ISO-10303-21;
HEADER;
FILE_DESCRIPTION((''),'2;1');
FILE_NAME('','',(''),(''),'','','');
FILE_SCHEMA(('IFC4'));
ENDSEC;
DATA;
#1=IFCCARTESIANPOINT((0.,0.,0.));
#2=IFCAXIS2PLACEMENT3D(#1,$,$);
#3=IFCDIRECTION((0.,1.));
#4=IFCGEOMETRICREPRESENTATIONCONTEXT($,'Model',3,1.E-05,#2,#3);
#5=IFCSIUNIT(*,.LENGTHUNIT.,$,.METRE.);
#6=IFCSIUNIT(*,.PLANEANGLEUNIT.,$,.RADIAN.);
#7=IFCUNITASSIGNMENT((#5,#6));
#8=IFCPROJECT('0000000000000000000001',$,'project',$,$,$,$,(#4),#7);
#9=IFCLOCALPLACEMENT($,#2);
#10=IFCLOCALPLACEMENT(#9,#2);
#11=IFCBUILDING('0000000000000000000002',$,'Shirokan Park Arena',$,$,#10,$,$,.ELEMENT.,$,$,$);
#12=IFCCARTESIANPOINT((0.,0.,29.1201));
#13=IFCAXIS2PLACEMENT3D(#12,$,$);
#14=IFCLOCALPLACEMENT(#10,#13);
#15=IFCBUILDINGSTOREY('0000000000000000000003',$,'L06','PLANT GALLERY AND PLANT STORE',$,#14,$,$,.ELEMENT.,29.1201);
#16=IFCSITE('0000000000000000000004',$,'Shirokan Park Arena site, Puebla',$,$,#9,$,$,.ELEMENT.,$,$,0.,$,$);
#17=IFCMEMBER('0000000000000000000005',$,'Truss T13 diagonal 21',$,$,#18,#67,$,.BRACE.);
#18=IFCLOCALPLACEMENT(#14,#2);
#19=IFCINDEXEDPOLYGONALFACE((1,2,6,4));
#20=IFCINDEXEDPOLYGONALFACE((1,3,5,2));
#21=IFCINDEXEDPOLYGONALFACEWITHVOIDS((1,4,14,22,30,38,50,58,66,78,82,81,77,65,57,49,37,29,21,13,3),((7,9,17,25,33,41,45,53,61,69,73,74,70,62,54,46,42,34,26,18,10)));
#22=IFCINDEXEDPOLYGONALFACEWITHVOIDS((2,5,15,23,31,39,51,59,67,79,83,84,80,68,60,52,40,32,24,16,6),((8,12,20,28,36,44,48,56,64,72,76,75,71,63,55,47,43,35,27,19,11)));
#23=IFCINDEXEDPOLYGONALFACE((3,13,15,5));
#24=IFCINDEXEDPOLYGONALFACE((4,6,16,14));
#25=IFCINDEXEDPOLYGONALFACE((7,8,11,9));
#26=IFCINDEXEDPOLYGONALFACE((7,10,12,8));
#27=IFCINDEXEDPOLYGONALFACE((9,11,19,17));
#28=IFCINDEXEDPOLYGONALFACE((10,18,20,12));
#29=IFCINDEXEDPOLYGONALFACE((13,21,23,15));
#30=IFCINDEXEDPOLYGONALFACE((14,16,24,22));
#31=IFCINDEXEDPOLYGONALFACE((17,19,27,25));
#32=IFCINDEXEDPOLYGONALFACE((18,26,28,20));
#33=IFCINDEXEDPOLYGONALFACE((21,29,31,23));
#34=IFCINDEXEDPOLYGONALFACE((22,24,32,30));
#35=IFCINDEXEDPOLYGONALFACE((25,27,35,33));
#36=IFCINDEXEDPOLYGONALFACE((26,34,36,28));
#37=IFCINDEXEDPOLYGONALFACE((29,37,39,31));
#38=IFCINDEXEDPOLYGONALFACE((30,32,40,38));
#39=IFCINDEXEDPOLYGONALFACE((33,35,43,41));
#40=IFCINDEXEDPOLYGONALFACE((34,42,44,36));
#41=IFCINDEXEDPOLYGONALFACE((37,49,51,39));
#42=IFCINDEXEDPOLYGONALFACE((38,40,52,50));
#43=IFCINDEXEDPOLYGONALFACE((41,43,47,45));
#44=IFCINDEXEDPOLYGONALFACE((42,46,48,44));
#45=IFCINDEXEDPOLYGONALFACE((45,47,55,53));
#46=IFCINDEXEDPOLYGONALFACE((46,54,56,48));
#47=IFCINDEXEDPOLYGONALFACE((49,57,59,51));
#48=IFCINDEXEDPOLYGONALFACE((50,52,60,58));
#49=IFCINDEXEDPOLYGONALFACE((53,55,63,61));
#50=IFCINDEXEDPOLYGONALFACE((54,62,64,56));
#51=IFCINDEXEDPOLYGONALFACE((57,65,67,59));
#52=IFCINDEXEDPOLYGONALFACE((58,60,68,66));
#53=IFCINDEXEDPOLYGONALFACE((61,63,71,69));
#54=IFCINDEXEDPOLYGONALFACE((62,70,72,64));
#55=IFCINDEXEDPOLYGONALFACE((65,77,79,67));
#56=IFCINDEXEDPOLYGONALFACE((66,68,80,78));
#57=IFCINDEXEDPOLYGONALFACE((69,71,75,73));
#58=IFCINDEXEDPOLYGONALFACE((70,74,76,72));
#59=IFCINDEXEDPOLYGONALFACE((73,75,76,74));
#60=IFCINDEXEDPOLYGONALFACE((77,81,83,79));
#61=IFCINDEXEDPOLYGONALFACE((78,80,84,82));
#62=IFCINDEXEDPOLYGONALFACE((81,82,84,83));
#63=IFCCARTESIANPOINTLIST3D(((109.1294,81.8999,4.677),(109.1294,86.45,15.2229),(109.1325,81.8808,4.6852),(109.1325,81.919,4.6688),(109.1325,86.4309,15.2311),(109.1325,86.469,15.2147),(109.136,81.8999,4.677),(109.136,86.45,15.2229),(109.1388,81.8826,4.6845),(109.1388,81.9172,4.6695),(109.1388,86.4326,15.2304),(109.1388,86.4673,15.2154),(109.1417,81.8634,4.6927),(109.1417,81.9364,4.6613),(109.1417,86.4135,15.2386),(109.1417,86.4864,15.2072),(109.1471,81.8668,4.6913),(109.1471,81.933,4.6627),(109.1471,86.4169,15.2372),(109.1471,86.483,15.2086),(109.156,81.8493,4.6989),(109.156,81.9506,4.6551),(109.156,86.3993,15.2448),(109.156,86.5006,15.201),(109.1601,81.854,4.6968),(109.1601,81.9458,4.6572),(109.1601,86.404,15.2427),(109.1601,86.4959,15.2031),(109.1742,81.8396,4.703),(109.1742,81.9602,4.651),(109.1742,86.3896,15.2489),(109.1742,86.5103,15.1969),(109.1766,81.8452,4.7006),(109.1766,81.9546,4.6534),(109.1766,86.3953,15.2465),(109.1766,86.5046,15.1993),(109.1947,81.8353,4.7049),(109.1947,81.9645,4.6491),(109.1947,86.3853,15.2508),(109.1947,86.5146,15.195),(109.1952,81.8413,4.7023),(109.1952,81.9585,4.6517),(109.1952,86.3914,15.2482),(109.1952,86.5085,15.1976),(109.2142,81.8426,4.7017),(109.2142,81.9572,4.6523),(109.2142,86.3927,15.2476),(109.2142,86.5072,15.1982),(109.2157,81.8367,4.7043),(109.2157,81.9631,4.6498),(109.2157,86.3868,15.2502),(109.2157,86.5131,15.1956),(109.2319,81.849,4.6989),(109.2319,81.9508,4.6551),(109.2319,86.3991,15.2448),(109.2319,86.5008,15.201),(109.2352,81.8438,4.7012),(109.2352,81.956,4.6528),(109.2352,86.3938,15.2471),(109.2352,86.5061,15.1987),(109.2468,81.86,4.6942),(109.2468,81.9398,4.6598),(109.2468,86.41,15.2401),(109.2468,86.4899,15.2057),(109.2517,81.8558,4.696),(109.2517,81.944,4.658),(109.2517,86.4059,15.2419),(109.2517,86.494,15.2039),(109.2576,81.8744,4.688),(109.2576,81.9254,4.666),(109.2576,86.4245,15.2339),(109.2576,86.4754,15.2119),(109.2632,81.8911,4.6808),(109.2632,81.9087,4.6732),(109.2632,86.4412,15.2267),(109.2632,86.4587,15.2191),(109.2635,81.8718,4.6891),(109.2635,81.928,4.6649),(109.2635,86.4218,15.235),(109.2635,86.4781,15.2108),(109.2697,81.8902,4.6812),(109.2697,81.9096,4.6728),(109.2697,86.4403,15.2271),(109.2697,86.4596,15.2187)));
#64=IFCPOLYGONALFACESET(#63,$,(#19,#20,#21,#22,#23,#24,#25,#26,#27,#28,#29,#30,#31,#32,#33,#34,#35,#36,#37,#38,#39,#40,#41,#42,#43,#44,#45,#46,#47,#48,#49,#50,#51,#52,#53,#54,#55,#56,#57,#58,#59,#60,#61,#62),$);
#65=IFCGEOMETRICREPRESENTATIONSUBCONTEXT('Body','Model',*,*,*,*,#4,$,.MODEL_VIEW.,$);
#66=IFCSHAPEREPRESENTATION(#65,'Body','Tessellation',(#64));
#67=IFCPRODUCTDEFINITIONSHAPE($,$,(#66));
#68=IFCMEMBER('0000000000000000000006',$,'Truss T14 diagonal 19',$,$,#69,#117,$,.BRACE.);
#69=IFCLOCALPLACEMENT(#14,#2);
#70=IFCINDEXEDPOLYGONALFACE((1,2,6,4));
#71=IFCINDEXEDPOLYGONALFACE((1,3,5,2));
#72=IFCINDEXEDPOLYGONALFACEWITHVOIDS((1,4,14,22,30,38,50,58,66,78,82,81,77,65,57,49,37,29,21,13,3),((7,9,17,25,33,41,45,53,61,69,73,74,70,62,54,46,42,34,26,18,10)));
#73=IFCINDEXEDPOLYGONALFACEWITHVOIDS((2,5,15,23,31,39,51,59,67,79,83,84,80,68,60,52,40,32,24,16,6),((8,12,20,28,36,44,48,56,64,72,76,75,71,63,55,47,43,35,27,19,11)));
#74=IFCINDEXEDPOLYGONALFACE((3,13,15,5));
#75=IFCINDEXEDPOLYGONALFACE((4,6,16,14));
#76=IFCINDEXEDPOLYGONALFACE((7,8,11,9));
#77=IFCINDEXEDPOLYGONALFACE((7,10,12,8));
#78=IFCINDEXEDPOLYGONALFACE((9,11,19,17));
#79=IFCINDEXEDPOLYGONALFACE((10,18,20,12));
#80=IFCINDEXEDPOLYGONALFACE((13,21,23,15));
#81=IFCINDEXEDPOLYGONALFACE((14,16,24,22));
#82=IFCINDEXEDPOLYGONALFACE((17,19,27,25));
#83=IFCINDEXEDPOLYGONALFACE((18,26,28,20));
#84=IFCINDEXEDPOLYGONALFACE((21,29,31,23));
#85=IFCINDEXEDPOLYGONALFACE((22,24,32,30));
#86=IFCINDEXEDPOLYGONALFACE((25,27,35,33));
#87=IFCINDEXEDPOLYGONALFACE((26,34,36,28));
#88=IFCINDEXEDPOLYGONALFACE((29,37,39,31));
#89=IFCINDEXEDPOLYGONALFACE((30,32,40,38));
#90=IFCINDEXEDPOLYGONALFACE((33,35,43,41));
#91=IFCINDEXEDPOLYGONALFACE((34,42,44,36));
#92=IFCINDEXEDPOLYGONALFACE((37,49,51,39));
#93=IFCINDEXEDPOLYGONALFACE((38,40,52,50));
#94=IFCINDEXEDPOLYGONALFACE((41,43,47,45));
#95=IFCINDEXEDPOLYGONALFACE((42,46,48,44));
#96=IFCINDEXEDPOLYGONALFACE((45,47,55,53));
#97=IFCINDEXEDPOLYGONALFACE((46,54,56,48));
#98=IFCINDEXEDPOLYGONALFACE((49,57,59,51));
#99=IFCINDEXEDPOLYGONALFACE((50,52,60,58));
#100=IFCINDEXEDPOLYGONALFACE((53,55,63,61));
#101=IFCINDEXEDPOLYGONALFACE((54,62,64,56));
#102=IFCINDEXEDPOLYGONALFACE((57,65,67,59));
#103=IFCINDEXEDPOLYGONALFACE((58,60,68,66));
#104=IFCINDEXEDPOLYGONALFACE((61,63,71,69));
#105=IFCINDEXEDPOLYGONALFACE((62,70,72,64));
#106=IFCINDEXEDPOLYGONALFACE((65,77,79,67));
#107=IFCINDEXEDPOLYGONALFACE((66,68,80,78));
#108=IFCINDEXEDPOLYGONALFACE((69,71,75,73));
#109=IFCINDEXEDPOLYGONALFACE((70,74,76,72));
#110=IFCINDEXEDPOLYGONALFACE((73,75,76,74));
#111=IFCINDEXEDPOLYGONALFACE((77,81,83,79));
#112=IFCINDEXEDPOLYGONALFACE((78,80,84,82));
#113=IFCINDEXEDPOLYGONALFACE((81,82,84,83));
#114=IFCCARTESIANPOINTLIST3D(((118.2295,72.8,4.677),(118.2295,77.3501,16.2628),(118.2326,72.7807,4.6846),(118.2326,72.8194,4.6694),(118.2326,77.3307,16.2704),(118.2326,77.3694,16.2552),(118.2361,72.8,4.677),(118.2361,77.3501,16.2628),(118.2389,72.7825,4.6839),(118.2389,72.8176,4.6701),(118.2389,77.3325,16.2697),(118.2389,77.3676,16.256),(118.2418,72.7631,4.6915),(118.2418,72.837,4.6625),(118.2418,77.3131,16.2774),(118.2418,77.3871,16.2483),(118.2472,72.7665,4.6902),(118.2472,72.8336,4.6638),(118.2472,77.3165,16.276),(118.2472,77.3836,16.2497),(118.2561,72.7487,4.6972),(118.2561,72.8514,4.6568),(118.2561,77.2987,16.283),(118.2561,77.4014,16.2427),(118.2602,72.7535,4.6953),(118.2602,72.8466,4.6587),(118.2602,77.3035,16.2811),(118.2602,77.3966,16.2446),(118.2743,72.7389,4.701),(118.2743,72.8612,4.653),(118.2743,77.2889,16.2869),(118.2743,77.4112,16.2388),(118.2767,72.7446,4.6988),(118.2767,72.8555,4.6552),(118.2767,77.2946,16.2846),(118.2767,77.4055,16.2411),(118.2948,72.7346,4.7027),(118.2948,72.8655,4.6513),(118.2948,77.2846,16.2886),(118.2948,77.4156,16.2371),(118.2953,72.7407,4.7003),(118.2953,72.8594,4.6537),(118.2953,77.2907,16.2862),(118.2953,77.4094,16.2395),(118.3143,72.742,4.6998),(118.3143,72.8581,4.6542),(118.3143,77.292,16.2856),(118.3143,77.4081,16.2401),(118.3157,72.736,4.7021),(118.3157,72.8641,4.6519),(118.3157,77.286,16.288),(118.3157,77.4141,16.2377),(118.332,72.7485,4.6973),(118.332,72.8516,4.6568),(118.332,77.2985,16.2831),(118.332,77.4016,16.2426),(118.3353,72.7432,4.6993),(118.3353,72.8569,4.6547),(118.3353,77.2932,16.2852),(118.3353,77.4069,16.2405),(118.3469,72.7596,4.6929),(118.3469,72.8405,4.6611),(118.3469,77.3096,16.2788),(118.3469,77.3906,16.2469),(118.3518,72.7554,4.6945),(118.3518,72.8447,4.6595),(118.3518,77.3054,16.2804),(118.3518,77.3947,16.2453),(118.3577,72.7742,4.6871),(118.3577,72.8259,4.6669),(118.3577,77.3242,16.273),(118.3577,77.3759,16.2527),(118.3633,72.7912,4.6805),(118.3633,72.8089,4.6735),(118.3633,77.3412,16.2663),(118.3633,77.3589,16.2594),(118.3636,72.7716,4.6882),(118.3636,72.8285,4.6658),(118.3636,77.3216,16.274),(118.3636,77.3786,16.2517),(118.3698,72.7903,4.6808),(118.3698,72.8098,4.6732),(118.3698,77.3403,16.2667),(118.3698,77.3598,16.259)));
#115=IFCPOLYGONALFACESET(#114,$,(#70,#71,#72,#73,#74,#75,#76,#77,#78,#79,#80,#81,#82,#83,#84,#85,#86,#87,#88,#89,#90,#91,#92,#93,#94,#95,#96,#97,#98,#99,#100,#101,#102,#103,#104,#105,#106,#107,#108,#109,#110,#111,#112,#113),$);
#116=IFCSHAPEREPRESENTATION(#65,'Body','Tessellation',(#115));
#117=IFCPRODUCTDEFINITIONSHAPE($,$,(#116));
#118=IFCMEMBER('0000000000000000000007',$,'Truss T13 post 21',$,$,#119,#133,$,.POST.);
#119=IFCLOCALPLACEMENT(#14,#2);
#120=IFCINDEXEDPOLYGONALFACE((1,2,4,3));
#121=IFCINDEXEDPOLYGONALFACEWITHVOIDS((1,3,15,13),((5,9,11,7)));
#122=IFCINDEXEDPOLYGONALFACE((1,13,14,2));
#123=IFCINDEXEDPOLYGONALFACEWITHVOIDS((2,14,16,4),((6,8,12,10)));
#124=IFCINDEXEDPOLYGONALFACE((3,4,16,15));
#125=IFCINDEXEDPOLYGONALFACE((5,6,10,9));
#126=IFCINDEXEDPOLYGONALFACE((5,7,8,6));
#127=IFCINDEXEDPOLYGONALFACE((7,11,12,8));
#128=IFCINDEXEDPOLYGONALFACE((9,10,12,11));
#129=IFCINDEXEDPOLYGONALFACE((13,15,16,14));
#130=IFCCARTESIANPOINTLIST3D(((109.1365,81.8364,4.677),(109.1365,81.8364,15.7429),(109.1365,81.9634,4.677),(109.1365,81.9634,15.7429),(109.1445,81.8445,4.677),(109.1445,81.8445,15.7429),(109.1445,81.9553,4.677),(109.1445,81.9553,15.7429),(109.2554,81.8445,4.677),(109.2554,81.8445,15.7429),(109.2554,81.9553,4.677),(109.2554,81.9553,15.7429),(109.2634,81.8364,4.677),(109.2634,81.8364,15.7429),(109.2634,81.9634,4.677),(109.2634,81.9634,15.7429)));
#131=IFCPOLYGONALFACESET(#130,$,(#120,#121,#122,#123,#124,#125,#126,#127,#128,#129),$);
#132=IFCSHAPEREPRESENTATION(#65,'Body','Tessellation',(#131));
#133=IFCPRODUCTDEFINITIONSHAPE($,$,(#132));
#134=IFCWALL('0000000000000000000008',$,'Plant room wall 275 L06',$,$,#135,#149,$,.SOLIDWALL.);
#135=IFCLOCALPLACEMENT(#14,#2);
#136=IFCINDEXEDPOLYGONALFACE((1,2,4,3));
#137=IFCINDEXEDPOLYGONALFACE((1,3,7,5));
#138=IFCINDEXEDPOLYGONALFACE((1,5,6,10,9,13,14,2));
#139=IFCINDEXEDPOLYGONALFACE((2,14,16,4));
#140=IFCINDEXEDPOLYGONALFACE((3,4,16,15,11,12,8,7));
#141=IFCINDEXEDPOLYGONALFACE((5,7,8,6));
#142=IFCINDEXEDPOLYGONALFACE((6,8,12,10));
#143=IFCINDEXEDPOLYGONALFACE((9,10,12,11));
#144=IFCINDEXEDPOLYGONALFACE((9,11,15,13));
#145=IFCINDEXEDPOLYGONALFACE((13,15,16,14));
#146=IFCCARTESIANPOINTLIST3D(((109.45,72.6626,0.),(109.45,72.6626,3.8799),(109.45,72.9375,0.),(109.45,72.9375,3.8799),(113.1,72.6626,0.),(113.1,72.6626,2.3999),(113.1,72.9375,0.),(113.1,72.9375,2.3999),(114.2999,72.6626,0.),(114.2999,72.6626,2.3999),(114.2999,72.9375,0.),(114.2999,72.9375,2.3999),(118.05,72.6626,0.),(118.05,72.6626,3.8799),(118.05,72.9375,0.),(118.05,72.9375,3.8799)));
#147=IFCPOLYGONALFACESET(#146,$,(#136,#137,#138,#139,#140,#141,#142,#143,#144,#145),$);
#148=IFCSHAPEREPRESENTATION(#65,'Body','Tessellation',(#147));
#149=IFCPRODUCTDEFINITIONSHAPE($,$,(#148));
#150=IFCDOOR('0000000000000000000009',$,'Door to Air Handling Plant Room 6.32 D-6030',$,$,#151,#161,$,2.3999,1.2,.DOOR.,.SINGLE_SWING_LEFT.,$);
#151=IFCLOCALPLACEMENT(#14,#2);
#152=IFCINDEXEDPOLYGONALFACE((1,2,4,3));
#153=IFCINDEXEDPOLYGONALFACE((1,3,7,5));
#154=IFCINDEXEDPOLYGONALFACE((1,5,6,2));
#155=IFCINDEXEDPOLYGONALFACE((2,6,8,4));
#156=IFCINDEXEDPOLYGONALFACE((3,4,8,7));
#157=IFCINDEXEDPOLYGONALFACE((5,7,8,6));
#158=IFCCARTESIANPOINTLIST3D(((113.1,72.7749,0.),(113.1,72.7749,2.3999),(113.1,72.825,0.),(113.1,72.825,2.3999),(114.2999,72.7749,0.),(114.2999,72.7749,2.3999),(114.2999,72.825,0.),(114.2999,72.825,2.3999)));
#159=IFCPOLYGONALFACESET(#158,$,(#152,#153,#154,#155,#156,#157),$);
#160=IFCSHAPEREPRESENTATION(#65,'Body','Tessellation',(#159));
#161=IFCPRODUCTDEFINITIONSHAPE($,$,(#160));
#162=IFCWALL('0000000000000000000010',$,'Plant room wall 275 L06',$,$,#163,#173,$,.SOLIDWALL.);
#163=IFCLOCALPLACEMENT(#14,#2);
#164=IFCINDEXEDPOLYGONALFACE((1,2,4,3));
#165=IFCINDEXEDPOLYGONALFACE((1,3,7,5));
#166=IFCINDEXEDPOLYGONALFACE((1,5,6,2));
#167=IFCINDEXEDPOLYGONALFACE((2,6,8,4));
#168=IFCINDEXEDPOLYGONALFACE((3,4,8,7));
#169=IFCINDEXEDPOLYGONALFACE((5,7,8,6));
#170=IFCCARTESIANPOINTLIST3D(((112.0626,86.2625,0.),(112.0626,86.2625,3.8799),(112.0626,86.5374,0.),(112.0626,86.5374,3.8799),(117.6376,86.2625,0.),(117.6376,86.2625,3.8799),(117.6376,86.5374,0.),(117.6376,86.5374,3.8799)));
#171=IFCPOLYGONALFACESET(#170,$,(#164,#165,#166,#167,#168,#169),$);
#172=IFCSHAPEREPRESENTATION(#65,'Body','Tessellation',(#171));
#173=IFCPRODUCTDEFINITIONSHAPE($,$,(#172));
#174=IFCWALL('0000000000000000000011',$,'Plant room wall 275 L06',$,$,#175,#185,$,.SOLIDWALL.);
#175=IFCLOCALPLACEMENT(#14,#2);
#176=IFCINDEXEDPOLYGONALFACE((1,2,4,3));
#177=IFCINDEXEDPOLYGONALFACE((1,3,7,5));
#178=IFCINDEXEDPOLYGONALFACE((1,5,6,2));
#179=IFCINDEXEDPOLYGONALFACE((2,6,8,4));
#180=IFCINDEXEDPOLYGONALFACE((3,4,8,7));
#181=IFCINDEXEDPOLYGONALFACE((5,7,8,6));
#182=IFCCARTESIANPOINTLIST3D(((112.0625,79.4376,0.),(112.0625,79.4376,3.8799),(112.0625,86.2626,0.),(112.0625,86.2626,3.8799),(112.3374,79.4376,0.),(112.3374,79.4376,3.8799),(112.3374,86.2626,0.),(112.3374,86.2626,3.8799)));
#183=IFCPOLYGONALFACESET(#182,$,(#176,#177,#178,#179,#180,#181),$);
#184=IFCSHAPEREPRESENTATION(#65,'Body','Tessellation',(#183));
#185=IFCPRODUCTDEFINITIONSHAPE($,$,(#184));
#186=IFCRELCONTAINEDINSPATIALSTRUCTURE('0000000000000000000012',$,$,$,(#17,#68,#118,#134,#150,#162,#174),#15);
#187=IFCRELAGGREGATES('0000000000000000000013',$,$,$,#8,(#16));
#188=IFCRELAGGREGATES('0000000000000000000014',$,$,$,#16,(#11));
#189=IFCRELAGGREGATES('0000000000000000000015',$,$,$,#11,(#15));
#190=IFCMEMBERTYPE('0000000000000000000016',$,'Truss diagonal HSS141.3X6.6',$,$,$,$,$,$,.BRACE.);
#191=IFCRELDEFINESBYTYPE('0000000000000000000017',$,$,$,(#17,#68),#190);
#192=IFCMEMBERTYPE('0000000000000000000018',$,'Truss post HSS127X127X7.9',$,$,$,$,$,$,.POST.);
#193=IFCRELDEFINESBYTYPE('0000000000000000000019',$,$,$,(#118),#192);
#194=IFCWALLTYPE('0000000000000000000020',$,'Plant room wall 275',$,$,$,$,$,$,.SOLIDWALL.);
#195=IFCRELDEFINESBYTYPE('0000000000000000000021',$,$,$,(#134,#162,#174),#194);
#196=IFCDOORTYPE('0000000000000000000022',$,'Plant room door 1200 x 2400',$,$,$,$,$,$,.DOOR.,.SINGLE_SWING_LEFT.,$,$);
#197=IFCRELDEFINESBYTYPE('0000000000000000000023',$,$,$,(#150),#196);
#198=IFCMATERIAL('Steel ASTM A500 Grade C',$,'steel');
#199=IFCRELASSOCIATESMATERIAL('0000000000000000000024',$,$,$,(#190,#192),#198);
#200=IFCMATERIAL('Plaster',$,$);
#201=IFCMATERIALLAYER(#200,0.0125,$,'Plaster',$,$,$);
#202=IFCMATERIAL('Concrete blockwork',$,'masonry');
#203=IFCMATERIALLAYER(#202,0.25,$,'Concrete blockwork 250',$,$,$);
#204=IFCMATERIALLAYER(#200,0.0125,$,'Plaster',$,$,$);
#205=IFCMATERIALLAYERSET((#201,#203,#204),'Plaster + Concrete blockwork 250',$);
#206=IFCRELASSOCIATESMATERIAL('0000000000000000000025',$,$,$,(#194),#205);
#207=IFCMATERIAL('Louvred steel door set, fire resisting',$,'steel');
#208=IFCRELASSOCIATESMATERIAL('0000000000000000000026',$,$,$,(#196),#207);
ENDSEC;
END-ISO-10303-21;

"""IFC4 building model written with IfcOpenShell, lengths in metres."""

from ifc_helpers import new_model, si_unit, direction, frame, frame_2d, origin, origin_2d, place, context, subcontext, project, spatial, rectangle, hollow_rectangle, hollow_circle, extrude, material, layer, layer_set, material_profile, profile_set, type_object, element, fill, save


model = new_model("IFC4")

# Units and contexts
model_context = context("Model", 3, precision=1e-05, world=origin(), true_north=direction((0.0, 1.0)))
body_context = subcontext(model_context, "Body", "Model", "MODEL_VIEW")
ifc_project = project(units=[si_unit("LENGTHUNIT", "METRE"), si_unit("PLANEANGLEUNIT", "RADIAN")], contexts=[model_context])

# Site, building, storey
site_placement = place(None, origin())
site = spatial("IfcSite", under=ifc_project, at=site_placement, Name="Shirokan Park Arena site, Puebla", CompositionType="ELEMENT", RefElevation=0.0)
building_placement = place(site_placement, origin())
building = spatial("IfcBuilding", under=site, at=building_placement, Name="Shirokan Park Arena", CompositionType="ELEMENT")
storey_placement = place(building_placement, frame((0.0, 0.0, 29.1201)))
storey = spatial("IfcBuildingStorey", under=building, at=storey_placement, Name="L06", Description="PLANT GALLERY AND PLANT STORE", CompositionType="ELEMENT", Elevation=29.1201)

# Shared definitions
ifc_material_1 = material(Name="Steel ASTM A500 Grade C", Category="steel")

# Members
ifc_material_profile_1 = material_profile(ifc_material_1, hollow_circle(Radius=0.0706, WallThickness=0.0066, at=origin_2d()), Name="HSS141.3X6.6")
ifc_profile_set_1 = profile_set([ifc_material_profile_1], Name="Steel ASTM A500 Grade C")
member_type_1 = type_object("IfcMemberType", Name="Truss diagonal HSS141.3X6.6", PredefinedType="BRACE", material=ifc_profile_set_1)
member_1_placement = place(storey_placement, frame((109.2, 81.8999, 4.677), z_axis=(0.0, 0.396153, 0.918185), x_axis=(-1.0, 0.0, 0.0)))
element("IfcMember", 1, at=member_1_placement, inside=storey, type_object=member_type_1, Name="Truss T13 diagonal 21", PredefinedType="BRACE", context=body_context, shape_type="SweptSolid", body=[
    extrude(hollow_circle(Radius=0.0706, WallThickness=0.0066, at=origin_2d()), origin(), (0.0, 0.0, 1.0), 11.4856),
])
member_2_placement = place(storey_placement, frame((118.3, 72.8, 4.677), z_axis=(0.0, 0.365543, 0.930794), x_axis=(-1.0, 0.0, 0.0)))
element("IfcMember", 2, at=member_2_placement, inside=storey, type_object=member_type_1, Name="Truss T14 diagonal 19", PredefinedType="BRACE", context=body_context, shape_type="SweptSolid", body=[
    extrude(hollow_circle(Radius=0.0706, WallThickness=0.0066, at=origin_2d()), origin(), (0.0, 0.0, 1.0), 12.4473),
])
ifc_material_profile_2 = material_profile(ifc_material_1, hollow_rectangle(XDim=0.127, YDim=0.127, WallThickness=0.0081, at=origin_2d()), Name="HSS127X127X7.9")
ifc_profile_set_2 = profile_set([ifc_material_profile_2], Name="Steel ASTM A500 Grade C")
member_type_2 = type_object("IfcMemberType", Name="Truss post HSS127X127X7.9", PredefinedType="POST", material=ifc_profile_set_2)
member_3_placement = place(storey_placement, frame((109.2, 81.8999, 4.677), z_axis=(0.0, 0.0, 1.0), x_axis=(1.0, 0.0, 0.0)))
element("IfcMember", 3, at=member_3_placement, inside=storey, type_object=member_type_2, Name="Truss T13 post 21", PredefinedType="POST", context=body_context, shape_type="SweptSolid", body=[
    extrude(hollow_rectangle(XDim=0.127, YDim=0.127, WallThickness=0.0081, at=origin_2d()), origin(), (0.0, 0.0, 1.0), 11.0659),
])

# Wall, opening, door
ifc_material_2 = material(Name="Plaster")
ifc_layer_1 = layer(ifc_material_2, 0.0125, Name="Plaster")
ifc_material_3 = material(Name="Concrete blockwork", Category="masonry")
ifc_layer_2 = layer(ifc_material_3, 0.25, Name="Concrete blockwork 250")
ifc_layer_3 = layer(ifc_material_2, 0.0125, Name="Plaster")
ifc_layer_set = layer_set([ifc_layer_1, ifc_layer_2, ifc_layer_3], Name="Plaster + Concrete blockwork 250")
wall_type = type_object("IfcWallType", Name="Plant room wall 275", PredefinedType="SOLIDWALL", material=ifc_layer_set)
wall_1_placement = place(storey_placement, frame((109.45, 72.8, 0.0), z_axis=(0.0, 0.0, 1.0), x_axis=(1.0, 0.0, 0.0)))
wall_1 = element("IfcWall", 4, at=wall_1_placement, inside=storey, type_object=wall_type, Name="Plant room wall 275 L06", PredefinedType="SOLIDWALL", context=body_context, shape_type="SweptSolid", body=[
    extrude(rectangle(XDim=8.6001, YDim=0.2749, at=frame_2d((4.3, 0.0))), origin(), (0.0, 0.0, 1.0), 3.8799),
])
opening_placement = place(wall_1_placement, frame((3.6499, 0.0, 0.0)))
opening = element("IfcOpeningElement", 5, at=opening_placement, cuts=wall_1, PredefinedType="OPENING", context=body_context, shape_type="SweptSolid", body=[
    extrude(rectangle(XDim=1.2, YDim=2.3999, at=frame_2d((0.6001, 1.2))), frame((0.0, 0.1475, 0.0), z_axis=(0.0, -1.0, 0.0), x_axis=(1.0, 0.0, 0.0)), (0.0, 0.0, 1.0), 0.2949),
])
ifc_material_4 = material(Name="Louvred steel door set, fire resisting", Category="steel")
door_type = type_object("IfcDoorType", Name="Plant room door 1200 x 2400", OperationType="SINGLE_SWING_LEFT", PredefinedType="DOOR", material=ifc_material_4)
door_placement = place(opening_placement, origin())
door = element("IfcDoor", 6, at=door_placement, inside=storey, type_object=door_type, Name="Door to Air Handling Plant Room 6.32 D-6030", OperationType="SINGLE_SWING_LEFT", OverallHeight=2.3999, OverallWidth=1.2, PredefinedType="DOOR", context=body_context, shape_type="SweptSolid", body=[
    extrude(rectangle(XDim=1.2, YDim=2.3999, at=frame_2d((0.6001, 1.2))), frame((0.0, 0.0249, 0.0), z_axis=(0.0, -1.0, 0.0), x_axis=(1.0, 0.0, 0.0)), (0.0, 0.0, 1.0), 0.05),
])
fill(opening, door)

# Walls
wall_2_placement = place(storey_placement, frame((112.0625, 86.3999, 0.0), z_axis=(0.0, 0.0, 1.0), x_axis=(1.0, 0.0, 0.0)))
element("IfcWall", 7, at=wall_2_placement, inside=storey, type_object=wall_type, Name="Plant room wall 275 L06", PredefinedType="SOLIDWALL", context=body_context, shape_type="SweptSolid", body=[
    extrude(rectangle(XDim=5.575, YDim=0.2749, at=frame_2d((2.7876, 0.0))), origin(), (0.0, 0.0, 1.0), 3.8799),
])
wall_3_placement = place(storey_placement, frame((112.2, 79.4375, 0.0), z_axis=(0.0, 0.0, 1.0), x_axis=(0.0, 1.0, 0.0)))
element("IfcWall", 8, at=wall_3_placement, inside=storey, type_object=wall_type, Name="Plant room wall 275 L06", PredefinedType="SOLIDWALL", context=body_context, shape_type="SweptSolid", body=[
    extrude(rectangle(XDim=6.825, YDim=0.2749, at=frame_2d((3.4126, 0.0))), origin(), (0.0, 0.0, 1.0), 3.8799),
])

save(model, "model.ifc")
